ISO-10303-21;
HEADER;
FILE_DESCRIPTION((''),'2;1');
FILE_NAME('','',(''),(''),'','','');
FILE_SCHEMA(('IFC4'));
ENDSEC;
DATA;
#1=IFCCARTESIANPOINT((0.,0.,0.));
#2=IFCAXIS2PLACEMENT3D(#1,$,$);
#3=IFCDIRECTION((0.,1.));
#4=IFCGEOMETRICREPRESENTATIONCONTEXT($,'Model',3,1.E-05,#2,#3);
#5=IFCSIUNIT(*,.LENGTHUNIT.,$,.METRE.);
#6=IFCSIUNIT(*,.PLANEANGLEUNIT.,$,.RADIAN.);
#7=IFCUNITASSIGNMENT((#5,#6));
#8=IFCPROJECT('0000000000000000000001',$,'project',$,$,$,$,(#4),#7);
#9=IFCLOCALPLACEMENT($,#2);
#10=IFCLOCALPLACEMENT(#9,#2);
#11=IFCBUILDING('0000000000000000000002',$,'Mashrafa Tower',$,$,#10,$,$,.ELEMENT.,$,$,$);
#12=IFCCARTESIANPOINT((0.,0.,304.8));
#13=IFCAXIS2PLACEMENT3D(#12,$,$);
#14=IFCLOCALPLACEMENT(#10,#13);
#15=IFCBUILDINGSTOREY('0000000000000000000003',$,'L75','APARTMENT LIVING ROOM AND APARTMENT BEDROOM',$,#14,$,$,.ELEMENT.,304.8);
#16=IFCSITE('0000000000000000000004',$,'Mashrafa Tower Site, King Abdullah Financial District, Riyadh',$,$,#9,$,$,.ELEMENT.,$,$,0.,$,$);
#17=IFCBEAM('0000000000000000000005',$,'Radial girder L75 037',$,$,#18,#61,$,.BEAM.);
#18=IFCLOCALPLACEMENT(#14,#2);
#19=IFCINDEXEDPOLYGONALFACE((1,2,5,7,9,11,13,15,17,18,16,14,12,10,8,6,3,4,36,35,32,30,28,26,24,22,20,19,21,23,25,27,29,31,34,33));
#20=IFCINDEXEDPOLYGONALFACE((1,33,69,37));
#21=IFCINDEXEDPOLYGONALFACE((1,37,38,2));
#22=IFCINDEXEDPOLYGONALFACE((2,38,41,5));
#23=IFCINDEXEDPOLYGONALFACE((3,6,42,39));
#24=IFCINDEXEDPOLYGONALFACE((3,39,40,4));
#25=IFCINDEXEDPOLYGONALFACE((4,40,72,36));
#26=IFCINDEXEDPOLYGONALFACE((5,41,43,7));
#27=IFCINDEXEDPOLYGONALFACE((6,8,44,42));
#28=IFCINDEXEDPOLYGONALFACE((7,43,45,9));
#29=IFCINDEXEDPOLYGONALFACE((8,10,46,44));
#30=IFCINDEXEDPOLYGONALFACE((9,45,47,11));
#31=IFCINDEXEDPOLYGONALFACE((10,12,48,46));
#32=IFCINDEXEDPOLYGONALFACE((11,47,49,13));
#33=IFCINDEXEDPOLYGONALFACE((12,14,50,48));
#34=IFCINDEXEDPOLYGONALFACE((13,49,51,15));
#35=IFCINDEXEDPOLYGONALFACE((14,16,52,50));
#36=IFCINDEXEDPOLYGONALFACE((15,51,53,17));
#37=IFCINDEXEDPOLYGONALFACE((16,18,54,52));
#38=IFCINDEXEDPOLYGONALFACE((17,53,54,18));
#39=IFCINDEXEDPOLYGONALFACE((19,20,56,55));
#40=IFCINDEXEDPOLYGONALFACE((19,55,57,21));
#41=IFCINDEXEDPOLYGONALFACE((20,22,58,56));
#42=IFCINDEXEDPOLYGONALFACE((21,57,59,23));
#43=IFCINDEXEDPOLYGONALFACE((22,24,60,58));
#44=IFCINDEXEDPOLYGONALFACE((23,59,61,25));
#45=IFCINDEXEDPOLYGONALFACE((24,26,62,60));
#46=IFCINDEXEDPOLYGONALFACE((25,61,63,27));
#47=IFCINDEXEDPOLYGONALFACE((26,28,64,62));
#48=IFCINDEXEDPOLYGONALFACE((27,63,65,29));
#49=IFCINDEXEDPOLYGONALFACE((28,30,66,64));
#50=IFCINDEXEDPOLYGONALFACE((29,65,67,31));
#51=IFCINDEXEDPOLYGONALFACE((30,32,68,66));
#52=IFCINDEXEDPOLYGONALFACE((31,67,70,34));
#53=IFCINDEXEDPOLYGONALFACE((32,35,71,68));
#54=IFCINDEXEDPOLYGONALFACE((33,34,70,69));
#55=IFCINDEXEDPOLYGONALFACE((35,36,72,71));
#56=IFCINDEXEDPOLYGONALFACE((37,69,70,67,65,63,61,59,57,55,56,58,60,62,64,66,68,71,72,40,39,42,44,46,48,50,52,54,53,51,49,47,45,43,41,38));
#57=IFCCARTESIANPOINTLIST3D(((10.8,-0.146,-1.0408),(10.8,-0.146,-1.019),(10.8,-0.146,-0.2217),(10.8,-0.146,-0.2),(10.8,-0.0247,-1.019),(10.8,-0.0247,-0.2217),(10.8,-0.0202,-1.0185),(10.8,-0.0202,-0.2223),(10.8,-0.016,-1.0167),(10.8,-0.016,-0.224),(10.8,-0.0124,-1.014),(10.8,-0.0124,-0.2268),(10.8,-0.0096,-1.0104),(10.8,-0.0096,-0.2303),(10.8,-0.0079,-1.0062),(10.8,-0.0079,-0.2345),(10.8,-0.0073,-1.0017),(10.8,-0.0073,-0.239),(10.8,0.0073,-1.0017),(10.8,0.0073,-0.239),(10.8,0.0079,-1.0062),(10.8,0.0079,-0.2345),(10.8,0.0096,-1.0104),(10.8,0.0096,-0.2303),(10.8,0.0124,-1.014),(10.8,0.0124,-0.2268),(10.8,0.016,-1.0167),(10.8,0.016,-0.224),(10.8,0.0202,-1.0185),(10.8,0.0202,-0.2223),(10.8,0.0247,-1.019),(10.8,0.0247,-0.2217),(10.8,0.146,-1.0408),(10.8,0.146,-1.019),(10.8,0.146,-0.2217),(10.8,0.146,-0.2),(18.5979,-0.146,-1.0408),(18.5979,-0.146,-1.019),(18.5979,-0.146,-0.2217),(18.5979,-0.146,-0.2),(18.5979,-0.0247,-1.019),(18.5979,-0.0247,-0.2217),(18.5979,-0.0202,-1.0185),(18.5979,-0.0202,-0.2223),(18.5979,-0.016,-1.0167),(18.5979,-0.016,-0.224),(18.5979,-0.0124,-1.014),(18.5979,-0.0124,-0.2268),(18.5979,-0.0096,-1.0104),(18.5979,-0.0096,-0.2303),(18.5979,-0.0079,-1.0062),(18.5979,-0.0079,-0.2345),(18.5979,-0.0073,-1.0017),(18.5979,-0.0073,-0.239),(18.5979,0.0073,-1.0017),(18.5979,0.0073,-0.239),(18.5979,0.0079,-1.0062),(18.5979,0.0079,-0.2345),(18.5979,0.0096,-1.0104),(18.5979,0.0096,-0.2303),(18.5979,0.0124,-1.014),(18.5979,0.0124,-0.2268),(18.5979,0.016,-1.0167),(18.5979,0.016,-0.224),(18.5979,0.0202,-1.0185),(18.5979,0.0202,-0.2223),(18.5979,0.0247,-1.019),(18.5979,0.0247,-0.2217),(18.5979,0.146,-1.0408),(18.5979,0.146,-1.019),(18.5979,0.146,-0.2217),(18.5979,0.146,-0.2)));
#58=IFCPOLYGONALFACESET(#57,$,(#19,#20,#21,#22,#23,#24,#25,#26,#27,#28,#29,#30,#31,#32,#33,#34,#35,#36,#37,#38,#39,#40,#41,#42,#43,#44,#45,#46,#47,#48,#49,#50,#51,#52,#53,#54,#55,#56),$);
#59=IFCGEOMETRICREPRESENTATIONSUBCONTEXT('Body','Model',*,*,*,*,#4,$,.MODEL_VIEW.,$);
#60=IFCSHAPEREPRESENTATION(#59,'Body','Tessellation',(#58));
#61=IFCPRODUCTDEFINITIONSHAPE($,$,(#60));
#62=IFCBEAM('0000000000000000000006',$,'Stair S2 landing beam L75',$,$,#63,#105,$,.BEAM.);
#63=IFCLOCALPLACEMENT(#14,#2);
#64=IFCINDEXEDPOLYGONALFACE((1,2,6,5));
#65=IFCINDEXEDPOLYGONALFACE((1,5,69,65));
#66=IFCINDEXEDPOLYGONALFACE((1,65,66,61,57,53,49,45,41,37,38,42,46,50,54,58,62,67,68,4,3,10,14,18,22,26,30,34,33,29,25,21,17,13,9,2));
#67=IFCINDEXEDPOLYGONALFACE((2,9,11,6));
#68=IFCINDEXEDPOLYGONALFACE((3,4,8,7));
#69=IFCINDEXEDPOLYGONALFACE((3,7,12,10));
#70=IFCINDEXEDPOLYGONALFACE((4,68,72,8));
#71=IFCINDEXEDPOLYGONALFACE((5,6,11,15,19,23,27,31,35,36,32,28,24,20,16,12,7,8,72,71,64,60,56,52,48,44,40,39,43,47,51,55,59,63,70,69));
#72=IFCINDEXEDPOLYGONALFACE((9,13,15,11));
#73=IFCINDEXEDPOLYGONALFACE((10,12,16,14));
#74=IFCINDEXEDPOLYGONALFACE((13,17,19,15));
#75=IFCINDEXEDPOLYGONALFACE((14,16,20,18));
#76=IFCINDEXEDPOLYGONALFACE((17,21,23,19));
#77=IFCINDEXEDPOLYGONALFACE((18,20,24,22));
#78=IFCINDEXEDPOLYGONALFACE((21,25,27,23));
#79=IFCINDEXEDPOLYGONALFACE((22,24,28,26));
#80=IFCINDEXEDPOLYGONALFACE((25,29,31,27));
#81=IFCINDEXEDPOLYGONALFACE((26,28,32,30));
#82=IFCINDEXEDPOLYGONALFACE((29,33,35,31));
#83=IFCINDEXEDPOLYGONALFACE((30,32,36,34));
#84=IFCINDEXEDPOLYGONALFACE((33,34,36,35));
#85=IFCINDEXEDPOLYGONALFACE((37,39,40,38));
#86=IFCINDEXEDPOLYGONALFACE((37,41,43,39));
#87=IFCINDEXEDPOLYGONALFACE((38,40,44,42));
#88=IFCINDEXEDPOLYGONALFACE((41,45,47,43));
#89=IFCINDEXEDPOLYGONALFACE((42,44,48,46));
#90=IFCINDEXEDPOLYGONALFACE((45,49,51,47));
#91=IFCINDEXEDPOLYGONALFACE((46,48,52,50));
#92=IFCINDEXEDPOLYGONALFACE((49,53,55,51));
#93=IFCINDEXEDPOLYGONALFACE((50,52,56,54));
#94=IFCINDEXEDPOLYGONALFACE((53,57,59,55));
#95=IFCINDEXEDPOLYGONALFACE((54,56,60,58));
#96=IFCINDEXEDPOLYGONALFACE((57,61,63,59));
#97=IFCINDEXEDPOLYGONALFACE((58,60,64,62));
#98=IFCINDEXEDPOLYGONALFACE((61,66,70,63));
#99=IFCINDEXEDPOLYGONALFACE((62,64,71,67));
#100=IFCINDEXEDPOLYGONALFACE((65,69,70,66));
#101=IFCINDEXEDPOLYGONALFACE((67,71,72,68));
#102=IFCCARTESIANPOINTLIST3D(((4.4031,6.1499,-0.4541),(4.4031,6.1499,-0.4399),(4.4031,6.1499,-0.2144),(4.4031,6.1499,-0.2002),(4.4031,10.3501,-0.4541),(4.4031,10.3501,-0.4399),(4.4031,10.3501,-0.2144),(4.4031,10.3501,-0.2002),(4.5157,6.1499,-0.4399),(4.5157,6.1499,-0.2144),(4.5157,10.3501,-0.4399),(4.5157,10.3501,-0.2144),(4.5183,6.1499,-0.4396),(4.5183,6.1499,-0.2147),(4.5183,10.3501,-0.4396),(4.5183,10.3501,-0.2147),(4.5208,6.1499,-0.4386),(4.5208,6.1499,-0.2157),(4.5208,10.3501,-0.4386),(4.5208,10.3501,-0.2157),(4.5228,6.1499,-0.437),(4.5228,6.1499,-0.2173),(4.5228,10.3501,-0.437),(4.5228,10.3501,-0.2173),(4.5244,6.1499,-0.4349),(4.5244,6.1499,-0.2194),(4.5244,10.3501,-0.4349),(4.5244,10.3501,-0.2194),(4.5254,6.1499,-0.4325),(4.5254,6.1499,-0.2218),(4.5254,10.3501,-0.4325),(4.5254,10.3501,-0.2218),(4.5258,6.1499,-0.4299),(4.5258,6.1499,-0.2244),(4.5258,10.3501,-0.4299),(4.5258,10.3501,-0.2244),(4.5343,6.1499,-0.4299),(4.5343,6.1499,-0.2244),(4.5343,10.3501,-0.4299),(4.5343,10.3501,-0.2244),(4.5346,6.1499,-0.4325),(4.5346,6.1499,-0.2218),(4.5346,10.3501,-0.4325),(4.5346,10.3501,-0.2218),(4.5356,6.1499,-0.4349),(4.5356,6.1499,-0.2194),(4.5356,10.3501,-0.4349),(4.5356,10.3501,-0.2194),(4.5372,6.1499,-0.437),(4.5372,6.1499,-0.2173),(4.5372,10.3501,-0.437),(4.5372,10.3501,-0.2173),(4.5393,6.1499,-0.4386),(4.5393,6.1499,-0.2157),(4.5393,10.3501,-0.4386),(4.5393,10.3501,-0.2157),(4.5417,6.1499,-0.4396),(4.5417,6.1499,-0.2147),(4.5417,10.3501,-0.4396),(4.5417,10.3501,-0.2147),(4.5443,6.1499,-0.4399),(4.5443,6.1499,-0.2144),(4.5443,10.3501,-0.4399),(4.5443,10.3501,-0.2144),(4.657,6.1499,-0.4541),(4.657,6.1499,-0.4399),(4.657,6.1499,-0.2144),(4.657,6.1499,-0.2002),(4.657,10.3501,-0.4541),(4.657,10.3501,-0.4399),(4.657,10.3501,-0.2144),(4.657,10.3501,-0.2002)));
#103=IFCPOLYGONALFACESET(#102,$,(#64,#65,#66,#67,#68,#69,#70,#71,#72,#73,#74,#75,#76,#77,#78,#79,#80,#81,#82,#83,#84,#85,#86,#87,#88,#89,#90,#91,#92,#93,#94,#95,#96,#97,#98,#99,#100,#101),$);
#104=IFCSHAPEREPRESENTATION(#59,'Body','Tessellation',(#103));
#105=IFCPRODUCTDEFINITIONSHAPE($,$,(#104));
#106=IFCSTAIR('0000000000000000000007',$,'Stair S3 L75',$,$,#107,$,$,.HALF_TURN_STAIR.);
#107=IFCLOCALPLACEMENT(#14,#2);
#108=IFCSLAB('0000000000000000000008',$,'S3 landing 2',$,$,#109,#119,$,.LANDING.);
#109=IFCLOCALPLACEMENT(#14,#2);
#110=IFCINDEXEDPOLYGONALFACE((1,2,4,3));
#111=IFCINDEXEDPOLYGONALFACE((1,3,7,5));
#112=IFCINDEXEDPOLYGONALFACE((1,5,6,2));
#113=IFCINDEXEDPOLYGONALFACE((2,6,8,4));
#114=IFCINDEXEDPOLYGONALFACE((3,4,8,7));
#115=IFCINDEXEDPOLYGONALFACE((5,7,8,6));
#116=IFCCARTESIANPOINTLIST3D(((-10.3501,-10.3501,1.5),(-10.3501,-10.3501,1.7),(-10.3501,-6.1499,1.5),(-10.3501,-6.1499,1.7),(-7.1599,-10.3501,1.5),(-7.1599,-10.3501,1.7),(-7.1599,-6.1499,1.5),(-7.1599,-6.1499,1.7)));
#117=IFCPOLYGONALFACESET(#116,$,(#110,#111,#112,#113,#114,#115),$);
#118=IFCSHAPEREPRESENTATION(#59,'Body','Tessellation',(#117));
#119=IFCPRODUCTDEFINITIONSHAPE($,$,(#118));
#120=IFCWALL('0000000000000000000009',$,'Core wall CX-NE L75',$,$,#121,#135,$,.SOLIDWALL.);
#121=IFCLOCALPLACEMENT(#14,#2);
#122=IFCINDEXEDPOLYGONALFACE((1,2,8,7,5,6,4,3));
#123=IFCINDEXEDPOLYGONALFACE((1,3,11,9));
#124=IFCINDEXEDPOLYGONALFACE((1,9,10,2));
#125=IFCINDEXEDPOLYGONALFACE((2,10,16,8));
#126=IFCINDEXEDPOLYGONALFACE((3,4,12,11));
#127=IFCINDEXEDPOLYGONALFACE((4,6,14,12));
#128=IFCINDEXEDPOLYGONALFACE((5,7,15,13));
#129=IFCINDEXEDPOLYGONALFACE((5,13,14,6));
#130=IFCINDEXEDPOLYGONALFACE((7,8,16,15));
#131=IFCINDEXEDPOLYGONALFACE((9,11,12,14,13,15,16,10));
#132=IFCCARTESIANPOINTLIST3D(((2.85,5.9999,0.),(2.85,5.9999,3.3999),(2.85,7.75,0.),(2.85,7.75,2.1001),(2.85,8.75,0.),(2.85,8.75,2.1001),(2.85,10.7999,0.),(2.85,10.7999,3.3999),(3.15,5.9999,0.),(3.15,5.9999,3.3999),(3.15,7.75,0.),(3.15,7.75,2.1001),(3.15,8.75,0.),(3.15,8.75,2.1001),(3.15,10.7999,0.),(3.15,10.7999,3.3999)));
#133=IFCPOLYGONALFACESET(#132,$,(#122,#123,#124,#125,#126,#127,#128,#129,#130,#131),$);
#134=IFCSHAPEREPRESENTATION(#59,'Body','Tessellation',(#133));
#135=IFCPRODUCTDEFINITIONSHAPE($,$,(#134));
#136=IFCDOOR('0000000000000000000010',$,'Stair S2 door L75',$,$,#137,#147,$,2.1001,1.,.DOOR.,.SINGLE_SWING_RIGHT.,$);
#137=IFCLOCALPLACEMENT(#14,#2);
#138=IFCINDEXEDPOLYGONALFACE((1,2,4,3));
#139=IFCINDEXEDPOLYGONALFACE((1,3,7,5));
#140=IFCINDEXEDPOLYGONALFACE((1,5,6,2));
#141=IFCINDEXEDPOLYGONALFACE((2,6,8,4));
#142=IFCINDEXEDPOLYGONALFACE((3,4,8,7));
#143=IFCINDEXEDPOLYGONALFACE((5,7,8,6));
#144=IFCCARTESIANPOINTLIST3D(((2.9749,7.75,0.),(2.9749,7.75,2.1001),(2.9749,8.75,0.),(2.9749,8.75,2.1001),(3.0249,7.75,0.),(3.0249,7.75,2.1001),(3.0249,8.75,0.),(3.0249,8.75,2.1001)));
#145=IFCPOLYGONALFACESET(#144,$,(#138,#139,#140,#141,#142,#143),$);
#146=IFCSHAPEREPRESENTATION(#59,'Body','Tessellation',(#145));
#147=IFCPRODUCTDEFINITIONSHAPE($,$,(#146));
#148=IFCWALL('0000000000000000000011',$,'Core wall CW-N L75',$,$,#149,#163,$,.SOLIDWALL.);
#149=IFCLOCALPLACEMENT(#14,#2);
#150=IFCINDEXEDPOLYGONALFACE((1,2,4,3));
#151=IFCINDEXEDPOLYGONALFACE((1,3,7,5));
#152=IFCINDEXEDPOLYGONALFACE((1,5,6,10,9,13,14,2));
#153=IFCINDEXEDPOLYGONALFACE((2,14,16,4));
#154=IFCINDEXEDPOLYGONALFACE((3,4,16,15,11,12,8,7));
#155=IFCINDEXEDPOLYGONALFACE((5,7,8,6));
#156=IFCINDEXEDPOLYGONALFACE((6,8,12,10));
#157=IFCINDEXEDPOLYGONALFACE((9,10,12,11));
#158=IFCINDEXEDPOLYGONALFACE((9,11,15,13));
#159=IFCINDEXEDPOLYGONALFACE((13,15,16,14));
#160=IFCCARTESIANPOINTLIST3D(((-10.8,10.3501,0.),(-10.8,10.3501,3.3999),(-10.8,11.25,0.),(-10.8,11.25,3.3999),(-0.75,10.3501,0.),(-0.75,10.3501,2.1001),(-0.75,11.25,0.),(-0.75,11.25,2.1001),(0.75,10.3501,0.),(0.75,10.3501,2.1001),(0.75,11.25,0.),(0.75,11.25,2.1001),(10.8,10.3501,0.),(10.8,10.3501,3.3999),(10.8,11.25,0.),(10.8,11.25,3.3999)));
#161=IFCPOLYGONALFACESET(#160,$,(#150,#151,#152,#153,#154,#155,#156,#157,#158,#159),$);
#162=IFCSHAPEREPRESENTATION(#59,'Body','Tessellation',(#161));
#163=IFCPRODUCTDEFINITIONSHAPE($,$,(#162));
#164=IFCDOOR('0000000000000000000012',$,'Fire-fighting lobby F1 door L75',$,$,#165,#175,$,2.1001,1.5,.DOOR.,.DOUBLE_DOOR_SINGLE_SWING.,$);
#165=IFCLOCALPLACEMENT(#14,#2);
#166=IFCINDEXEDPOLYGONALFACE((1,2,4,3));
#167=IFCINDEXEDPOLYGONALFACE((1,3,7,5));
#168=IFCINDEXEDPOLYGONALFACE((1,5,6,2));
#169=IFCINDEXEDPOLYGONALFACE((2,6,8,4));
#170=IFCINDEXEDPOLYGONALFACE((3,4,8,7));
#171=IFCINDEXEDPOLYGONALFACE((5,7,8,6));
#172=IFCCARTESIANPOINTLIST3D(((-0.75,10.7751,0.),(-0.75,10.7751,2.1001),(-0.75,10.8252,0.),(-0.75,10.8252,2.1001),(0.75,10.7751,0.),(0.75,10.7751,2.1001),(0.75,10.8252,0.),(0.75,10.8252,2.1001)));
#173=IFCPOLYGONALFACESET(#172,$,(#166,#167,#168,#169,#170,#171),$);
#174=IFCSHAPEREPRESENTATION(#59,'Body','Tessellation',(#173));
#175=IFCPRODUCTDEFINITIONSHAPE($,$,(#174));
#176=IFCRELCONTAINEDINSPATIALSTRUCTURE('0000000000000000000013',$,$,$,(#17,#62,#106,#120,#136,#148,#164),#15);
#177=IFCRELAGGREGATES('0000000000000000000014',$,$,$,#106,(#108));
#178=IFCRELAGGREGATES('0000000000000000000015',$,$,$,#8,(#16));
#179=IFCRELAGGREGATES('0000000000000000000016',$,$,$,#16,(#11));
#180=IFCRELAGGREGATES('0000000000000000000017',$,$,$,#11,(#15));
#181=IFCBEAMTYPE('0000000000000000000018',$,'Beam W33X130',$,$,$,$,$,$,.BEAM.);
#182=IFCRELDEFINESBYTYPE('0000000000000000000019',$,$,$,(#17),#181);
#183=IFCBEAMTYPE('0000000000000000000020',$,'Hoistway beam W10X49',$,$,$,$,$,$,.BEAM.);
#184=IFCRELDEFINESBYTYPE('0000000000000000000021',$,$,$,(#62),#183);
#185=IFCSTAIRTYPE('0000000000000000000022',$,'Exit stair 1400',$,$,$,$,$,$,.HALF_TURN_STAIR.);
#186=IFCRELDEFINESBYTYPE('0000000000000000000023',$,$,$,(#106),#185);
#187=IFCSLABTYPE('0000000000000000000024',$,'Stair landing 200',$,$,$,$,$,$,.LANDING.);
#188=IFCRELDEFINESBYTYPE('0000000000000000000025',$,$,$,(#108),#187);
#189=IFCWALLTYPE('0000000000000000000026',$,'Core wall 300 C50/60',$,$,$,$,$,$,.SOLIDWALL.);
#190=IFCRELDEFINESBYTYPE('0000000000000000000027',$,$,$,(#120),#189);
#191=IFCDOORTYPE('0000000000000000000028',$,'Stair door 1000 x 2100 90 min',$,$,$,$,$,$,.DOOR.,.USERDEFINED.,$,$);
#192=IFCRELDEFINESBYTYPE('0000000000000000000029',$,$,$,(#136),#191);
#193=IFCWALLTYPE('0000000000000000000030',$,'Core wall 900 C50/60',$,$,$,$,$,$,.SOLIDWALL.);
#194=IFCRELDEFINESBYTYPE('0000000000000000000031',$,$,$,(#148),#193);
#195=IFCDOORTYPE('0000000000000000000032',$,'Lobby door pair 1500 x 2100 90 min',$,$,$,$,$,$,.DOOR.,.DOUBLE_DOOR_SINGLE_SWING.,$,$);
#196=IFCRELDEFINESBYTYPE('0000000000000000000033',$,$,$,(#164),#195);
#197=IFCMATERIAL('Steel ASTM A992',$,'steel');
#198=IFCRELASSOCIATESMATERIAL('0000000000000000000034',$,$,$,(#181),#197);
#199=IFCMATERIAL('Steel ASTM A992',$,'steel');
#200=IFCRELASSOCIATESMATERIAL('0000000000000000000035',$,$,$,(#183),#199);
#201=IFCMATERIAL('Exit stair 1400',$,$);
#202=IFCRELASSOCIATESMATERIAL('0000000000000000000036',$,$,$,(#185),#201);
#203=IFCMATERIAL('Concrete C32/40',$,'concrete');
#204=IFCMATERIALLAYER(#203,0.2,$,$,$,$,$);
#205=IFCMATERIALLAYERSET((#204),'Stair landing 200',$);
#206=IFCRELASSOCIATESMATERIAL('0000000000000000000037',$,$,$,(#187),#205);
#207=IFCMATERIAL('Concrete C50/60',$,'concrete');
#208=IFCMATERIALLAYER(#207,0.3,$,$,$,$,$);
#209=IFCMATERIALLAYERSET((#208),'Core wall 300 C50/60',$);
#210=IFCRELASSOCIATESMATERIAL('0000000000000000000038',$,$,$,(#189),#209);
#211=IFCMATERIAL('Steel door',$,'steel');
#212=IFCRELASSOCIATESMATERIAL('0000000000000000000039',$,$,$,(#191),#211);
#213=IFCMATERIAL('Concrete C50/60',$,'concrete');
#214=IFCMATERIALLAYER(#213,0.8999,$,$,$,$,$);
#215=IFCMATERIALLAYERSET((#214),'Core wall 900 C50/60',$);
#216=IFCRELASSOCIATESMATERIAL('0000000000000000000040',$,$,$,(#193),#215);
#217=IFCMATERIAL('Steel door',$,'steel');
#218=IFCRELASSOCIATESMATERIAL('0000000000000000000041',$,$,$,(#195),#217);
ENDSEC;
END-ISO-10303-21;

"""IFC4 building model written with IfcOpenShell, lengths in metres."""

from ifc_helpers import new_model, si_unit, direction, frame, frame_2d, origin, origin_2d, place, context, subcontext, project, spatial, polyline, rectangle, i_section, outline, extrude, material, layer, layer_set, material_profile, profile_set, type_object, element, fill, aggregate, save


model = new_model("IFC4")

# Units and contexts
model_context = context("Model", 3, precision=1e-05, world=origin(), true_north=direction((0.0, 1.0)))
body_context = subcontext(model_context, "Body", "Model", "MODEL_VIEW")
ifc_project = project(units=[si_unit("LENGTHUNIT", "METRE"), si_unit("PLANEANGLEUNIT", "RADIAN")], contexts=[model_context])

# Site, building, storey
site_placement = place(None, origin())
site = spatial("IfcSite", under=ifc_project, at=site_placement, Name="Mashrafa Tower Site, King Abdullah Financial District, Riyadh", CompositionType="ELEMENT", RefElevation=0.0)
building_placement = place(site_placement, origin())
building = spatial("IfcBuilding", under=site, at=building_placement, Name="Mashrafa Tower", CompositionType="ELEMENT")
storey_placement = place(building_placement, frame((0.0, 0.0, 304.8)))
storey = spatial("IfcBuildingStorey", under=building, at=storey_placement, Name="L75", Description="APARTMENT LIVING ROOM AND APARTMENT BEDROOM", CompositionType="ELEMENT", Elevation=304.8)

# Beams
ifc_material_1 = material(Name="Steel ASTM A992", Category="steel")
ifc_material_profile_1 = material_profile(ifc_material_1, i_section(OverallWidth=0.292, OverallDepth=0.8408, WebThickness=0.0146, FlangeThickness=0.0217, FilletRadius=0.0173, at=origin_2d()), Name="W33X130")
ifc_profile_set_1 = profile_set([ifc_material_profile_1], Name="Steel ASTM A992")
beam_type_1 = type_object("IfcBeamType", Name="Beam W33X130", PredefinedType="BEAM", material=ifc_profile_set_1)
for number, where, z_axis, x_axis, name in (
    (1, (10.8, 0.0, -0.6204), (1.0, 0.0, 0.0), (0.0, 1.0, 0.0), "Radial girder L75 037"),
):
    element("IfcBeam", number, at=place(storey_placement, frame(where, z_axis=z_axis, x_axis=x_axis)), inside=storey, type_object=beam_type_1, Name=name, PredefinedType="BEAM", context=body_context, shape_type="SweptSolid", body=[
        extrude(i_section(OverallWidth=0.292, OverallDepth=0.8408, WebThickness=0.0146, FlangeThickness=0.0217, FilletRadius=0.0173, at=origin_2d()), origin(), (0.0, 0.0, 1.0), 7.7979),
    ])
ifc_material_2 = material(Name="Steel ASTM A992", Category="steel")
ifc_material_profile_2 = material_profile(ifc_material_2, i_section(OverallWidth=0.2539, OverallDepth=0.2539, WebThickness=0.0085, FlangeThickness=0.0142, FilletRadius=0.01, at=origin_2d()), Name="W10X49")
ifc_profile_set_2 = profile_set([ifc_material_profile_2], Name="Steel ASTM A992")
beam_type_2 = type_object("IfcBeamType", Name="Hoistway beam W10X49", PredefinedType="BEAM", material=ifc_profile_set_2)
beam_1_placement = place(storey_placement, frame((4.53, 6.1499, -0.3271), z_axis=(0.0, 1.0, 0.0), x_axis=(-1.0, 0.0, 0.0)))
element("IfcBeam", 2, at=beam_1_placement, inside=storey, type_object=beam_type_2, Name="Stair S2 landing beam L75", PredefinedType="BEAM", context=body_context, shape_type="SweptSolid", body=[
    extrude(i_section(OverallWidth=0.2539, OverallDepth=0.2539, WebThickness=0.0085, FlangeThickness=0.0142, FilletRadius=0.01, at=origin_2d()), origin(), (0.0, 0.0, 1.0), 4.2002),
])

# Stair, slab
ifc_material_3 = material(Name="Exit stair 1400")
stair_type = type_object("IfcStairType", Name="Exit stair 1400", PredefinedType="HALF_TURN_STAIR", material=ifc_material_3)
stair_1_placement = place(storey_placement, origin())
stair_1 = element("IfcStair", 3, at=stair_1_placement, inside=storey, type_object=stair_type, Name="Stair S3 L75", PredefinedType="HALF_TURN_STAIR")
ifc_material_4 = material(Name="Concrete C32/40", Category="concrete")
ifc_layer_1 = layer(ifc_material_4, 0.2)
ifc_layer_set_1 = layer_set([ifc_layer_1], Name="Stair landing 200")
slab_type = type_object("IfcSlabType", Name="Stair landing 200", PredefinedType="LANDING", material=ifc_layer_set_1)
slab_placement = place(storey_placement, frame((0.0, 0.0, 1.5)))
slab = element("IfcSlab", 4, at=slab_placement, type_object=slab_type, Name="S3 landing 2", PredefinedType="LANDING", context=body_context, shape_type="SweptSolid", body=[
    extrude(outline(polyline([(-10.3501, -10.3501), (-7.1599, -10.3501), (-7.1599, -6.1499), (-10.3501, -6.1499), (-10.3501, -10.3501)])), origin(), (0.0, 0.0, 1.0), 0.2),
])
aggregate(stair_1, [slab])

# Walls, openings, doors
ifc_material_5 = material(Name="Concrete C50/60", Category="concrete")
ifc_layer_2 = layer(ifc_material_5, 0.3)
ifc_layer_set_2 = layer_set([ifc_layer_2], Name="Core wall 300 C50/60")
wall_type_1 = type_object("IfcWallType", Name="Core wall 300 C50/60", PredefinedType="SOLIDWALL", material=ifc_layer_set_2)
wall_1_placement = place(storey_placement, frame((3.0, 6.0, 0.0), z_axis=(0.0, 0.0, 1.0), x_axis=(0.0, 1.0, 0.0)))
wall_1 = element("IfcWall", 5, at=wall_1_placement, inside=storey, type_object=wall_type_1, Name="Core wall CX-NE L75", PredefinedType="SOLIDWALL", context=body_context, shape_type="SweptSolid", body=[
    extrude(rectangle(XDim=4.8, YDim=0.3, at=frame_2d((2.3999, 0.0))), origin(), (0.0, 0.0, 1.0), 3.3999),
])
opening_1_placement = place(wall_1_placement, frame((1.75, 0.0, 0.0)))
opening_1 = element("IfcOpeningElement", 6, at=opening_1_placement, cuts=wall_1, PredefinedType="OPENING", context=body_context, shape_type="SweptSolid", body=[
    extrude(rectangle(XDim=1.0, YDim=2.1001, at=frame_2d((0.5, 1.05))), frame((0.0, 0.1599, 0.0), z_axis=(0.0, -1.0, 0.0), x_axis=(1.0, 0.0, 0.0)), (0.0, 0.0, 1.0), 0.3201),
])
ifc_material_6 = material(Name="Steel door", Category="steel")
door_type_1 = type_object("IfcDoorType", Name="Stair door 1000 x 2100 90 min", OperationType="USERDEFINED", PredefinedType="DOOR", material=ifc_material_6)
door_1_placement = place(opening_1_placement, frame((1.0, 0.0, 0.0), z_axis=(0.0, 0.0, 1.0), x_axis=(-1.0, 0.0, 0.0)))
door_1 = element("IfcDoor", 7, at=door_1_placement, inside=storey, type_object=door_type_1, Name="Stair S2 door L75", OperationType="SINGLE_SWING_RIGHT", OverallHeight=2.1001, OverallWidth=1.0, PredefinedType="DOOR", context=body_context, shape_type="SweptSolid", body=[
    extrude(rectangle(XDim=1.0, YDim=2.1001, at=frame_2d((0.5, 1.05))), frame((0.0, 0.0249, 0.0), z_axis=(0.0, -1.0, 0.0), x_axis=(1.0, 0.0, 0.0)), (0.0, 0.0, 1.0), 0.05),
])
fill(opening_1, door_1)
ifc_material_7 = material(Name="Concrete C50/60", Category="concrete")
ifc_layer_3 = layer(ifc_material_7, 0.8999)
ifc_layer_set_3 = layer_set([ifc_layer_3], Name="Core wall 900 C50/60")
wall_type_2 = type_object("IfcWallType", Name="Core wall 900 C50/60", PredefinedType="SOLIDWALL", material=ifc_layer_set_3)
wall_2_placement = place(storey_placement, frame((10.8, 10.8, 0.0), z_axis=(0.0, 0.0, 1.0), x_axis=(-1.0, 0.0, 0.0)))
wall_2 = element("IfcWall", 8, at=wall_2_placement, inside=storey, type_object=wall_type_2, Name="Core wall CW-N L75", PredefinedType="SOLIDWALL", context=body_context, shape_type="SweptSolid", body=[
    extrude(rectangle(XDim=21.6001, YDim=0.8999, at=frame_2d((10.8, 0.0))), origin(), (0.0, 0.0, 1.0), 3.3999),
])
opening_2_placement = place(wall_2_placement, frame((10.05, 0.0, 0.0)))
opening_2 = element("IfcOpeningElement", 9, at=opening_2_placement, cuts=wall_2, PredefinedType="OPENING", context=body_context, shape_type="SweptSolid", body=[
    extrude(rectangle(XDim=1.5, YDim=2.1001, at=frame_2d((0.75, 1.05))), frame((0.0, 0.46, 0.0), z_axis=(0.0, -1.0, 0.0), x_axis=(1.0, 0.0, 0.0)), (0.0, 0.0, 1.0), 0.9199),
])
ifc_material_8 = material(Name="Steel door", Category="steel")
door_type_2 = type_object("IfcDoorType", Name="Lobby door pair 1500 x 2100 90 min", OperationType="DOUBLE_DOOR_SINGLE_SWING", PredefinedType="DOOR", material=ifc_material_8)
door_2_placement = place(opening_2_placement, origin())
door_2 = element("IfcDoor", 10, at=door_2_placement, inside=storey, type_object=door_type_2, Name="Fire-fighting lobby F1 door L75", OperationType="DOUBLE_DOOR_SINGLE_SWING", OverallHeight=2.1001, OverallWidth=1.5, PredefinedType="DOOR", context=body_context, shape_type="SweptSolid", body=[
    extrude(rectangle(XDim=1.5, YDim=2.1001, at=frame_2d((0.75, 1.05))), frame((0.0, 0.0249, 0.0), z_axis=(0.0, -1.0, 0.0), x_axis=(1.0, 0.0, 0.0)), (0.0, 0.0, 1.0), 0.05),
])
fill(opening_2, door_2)

save(model, "model.ifc")
